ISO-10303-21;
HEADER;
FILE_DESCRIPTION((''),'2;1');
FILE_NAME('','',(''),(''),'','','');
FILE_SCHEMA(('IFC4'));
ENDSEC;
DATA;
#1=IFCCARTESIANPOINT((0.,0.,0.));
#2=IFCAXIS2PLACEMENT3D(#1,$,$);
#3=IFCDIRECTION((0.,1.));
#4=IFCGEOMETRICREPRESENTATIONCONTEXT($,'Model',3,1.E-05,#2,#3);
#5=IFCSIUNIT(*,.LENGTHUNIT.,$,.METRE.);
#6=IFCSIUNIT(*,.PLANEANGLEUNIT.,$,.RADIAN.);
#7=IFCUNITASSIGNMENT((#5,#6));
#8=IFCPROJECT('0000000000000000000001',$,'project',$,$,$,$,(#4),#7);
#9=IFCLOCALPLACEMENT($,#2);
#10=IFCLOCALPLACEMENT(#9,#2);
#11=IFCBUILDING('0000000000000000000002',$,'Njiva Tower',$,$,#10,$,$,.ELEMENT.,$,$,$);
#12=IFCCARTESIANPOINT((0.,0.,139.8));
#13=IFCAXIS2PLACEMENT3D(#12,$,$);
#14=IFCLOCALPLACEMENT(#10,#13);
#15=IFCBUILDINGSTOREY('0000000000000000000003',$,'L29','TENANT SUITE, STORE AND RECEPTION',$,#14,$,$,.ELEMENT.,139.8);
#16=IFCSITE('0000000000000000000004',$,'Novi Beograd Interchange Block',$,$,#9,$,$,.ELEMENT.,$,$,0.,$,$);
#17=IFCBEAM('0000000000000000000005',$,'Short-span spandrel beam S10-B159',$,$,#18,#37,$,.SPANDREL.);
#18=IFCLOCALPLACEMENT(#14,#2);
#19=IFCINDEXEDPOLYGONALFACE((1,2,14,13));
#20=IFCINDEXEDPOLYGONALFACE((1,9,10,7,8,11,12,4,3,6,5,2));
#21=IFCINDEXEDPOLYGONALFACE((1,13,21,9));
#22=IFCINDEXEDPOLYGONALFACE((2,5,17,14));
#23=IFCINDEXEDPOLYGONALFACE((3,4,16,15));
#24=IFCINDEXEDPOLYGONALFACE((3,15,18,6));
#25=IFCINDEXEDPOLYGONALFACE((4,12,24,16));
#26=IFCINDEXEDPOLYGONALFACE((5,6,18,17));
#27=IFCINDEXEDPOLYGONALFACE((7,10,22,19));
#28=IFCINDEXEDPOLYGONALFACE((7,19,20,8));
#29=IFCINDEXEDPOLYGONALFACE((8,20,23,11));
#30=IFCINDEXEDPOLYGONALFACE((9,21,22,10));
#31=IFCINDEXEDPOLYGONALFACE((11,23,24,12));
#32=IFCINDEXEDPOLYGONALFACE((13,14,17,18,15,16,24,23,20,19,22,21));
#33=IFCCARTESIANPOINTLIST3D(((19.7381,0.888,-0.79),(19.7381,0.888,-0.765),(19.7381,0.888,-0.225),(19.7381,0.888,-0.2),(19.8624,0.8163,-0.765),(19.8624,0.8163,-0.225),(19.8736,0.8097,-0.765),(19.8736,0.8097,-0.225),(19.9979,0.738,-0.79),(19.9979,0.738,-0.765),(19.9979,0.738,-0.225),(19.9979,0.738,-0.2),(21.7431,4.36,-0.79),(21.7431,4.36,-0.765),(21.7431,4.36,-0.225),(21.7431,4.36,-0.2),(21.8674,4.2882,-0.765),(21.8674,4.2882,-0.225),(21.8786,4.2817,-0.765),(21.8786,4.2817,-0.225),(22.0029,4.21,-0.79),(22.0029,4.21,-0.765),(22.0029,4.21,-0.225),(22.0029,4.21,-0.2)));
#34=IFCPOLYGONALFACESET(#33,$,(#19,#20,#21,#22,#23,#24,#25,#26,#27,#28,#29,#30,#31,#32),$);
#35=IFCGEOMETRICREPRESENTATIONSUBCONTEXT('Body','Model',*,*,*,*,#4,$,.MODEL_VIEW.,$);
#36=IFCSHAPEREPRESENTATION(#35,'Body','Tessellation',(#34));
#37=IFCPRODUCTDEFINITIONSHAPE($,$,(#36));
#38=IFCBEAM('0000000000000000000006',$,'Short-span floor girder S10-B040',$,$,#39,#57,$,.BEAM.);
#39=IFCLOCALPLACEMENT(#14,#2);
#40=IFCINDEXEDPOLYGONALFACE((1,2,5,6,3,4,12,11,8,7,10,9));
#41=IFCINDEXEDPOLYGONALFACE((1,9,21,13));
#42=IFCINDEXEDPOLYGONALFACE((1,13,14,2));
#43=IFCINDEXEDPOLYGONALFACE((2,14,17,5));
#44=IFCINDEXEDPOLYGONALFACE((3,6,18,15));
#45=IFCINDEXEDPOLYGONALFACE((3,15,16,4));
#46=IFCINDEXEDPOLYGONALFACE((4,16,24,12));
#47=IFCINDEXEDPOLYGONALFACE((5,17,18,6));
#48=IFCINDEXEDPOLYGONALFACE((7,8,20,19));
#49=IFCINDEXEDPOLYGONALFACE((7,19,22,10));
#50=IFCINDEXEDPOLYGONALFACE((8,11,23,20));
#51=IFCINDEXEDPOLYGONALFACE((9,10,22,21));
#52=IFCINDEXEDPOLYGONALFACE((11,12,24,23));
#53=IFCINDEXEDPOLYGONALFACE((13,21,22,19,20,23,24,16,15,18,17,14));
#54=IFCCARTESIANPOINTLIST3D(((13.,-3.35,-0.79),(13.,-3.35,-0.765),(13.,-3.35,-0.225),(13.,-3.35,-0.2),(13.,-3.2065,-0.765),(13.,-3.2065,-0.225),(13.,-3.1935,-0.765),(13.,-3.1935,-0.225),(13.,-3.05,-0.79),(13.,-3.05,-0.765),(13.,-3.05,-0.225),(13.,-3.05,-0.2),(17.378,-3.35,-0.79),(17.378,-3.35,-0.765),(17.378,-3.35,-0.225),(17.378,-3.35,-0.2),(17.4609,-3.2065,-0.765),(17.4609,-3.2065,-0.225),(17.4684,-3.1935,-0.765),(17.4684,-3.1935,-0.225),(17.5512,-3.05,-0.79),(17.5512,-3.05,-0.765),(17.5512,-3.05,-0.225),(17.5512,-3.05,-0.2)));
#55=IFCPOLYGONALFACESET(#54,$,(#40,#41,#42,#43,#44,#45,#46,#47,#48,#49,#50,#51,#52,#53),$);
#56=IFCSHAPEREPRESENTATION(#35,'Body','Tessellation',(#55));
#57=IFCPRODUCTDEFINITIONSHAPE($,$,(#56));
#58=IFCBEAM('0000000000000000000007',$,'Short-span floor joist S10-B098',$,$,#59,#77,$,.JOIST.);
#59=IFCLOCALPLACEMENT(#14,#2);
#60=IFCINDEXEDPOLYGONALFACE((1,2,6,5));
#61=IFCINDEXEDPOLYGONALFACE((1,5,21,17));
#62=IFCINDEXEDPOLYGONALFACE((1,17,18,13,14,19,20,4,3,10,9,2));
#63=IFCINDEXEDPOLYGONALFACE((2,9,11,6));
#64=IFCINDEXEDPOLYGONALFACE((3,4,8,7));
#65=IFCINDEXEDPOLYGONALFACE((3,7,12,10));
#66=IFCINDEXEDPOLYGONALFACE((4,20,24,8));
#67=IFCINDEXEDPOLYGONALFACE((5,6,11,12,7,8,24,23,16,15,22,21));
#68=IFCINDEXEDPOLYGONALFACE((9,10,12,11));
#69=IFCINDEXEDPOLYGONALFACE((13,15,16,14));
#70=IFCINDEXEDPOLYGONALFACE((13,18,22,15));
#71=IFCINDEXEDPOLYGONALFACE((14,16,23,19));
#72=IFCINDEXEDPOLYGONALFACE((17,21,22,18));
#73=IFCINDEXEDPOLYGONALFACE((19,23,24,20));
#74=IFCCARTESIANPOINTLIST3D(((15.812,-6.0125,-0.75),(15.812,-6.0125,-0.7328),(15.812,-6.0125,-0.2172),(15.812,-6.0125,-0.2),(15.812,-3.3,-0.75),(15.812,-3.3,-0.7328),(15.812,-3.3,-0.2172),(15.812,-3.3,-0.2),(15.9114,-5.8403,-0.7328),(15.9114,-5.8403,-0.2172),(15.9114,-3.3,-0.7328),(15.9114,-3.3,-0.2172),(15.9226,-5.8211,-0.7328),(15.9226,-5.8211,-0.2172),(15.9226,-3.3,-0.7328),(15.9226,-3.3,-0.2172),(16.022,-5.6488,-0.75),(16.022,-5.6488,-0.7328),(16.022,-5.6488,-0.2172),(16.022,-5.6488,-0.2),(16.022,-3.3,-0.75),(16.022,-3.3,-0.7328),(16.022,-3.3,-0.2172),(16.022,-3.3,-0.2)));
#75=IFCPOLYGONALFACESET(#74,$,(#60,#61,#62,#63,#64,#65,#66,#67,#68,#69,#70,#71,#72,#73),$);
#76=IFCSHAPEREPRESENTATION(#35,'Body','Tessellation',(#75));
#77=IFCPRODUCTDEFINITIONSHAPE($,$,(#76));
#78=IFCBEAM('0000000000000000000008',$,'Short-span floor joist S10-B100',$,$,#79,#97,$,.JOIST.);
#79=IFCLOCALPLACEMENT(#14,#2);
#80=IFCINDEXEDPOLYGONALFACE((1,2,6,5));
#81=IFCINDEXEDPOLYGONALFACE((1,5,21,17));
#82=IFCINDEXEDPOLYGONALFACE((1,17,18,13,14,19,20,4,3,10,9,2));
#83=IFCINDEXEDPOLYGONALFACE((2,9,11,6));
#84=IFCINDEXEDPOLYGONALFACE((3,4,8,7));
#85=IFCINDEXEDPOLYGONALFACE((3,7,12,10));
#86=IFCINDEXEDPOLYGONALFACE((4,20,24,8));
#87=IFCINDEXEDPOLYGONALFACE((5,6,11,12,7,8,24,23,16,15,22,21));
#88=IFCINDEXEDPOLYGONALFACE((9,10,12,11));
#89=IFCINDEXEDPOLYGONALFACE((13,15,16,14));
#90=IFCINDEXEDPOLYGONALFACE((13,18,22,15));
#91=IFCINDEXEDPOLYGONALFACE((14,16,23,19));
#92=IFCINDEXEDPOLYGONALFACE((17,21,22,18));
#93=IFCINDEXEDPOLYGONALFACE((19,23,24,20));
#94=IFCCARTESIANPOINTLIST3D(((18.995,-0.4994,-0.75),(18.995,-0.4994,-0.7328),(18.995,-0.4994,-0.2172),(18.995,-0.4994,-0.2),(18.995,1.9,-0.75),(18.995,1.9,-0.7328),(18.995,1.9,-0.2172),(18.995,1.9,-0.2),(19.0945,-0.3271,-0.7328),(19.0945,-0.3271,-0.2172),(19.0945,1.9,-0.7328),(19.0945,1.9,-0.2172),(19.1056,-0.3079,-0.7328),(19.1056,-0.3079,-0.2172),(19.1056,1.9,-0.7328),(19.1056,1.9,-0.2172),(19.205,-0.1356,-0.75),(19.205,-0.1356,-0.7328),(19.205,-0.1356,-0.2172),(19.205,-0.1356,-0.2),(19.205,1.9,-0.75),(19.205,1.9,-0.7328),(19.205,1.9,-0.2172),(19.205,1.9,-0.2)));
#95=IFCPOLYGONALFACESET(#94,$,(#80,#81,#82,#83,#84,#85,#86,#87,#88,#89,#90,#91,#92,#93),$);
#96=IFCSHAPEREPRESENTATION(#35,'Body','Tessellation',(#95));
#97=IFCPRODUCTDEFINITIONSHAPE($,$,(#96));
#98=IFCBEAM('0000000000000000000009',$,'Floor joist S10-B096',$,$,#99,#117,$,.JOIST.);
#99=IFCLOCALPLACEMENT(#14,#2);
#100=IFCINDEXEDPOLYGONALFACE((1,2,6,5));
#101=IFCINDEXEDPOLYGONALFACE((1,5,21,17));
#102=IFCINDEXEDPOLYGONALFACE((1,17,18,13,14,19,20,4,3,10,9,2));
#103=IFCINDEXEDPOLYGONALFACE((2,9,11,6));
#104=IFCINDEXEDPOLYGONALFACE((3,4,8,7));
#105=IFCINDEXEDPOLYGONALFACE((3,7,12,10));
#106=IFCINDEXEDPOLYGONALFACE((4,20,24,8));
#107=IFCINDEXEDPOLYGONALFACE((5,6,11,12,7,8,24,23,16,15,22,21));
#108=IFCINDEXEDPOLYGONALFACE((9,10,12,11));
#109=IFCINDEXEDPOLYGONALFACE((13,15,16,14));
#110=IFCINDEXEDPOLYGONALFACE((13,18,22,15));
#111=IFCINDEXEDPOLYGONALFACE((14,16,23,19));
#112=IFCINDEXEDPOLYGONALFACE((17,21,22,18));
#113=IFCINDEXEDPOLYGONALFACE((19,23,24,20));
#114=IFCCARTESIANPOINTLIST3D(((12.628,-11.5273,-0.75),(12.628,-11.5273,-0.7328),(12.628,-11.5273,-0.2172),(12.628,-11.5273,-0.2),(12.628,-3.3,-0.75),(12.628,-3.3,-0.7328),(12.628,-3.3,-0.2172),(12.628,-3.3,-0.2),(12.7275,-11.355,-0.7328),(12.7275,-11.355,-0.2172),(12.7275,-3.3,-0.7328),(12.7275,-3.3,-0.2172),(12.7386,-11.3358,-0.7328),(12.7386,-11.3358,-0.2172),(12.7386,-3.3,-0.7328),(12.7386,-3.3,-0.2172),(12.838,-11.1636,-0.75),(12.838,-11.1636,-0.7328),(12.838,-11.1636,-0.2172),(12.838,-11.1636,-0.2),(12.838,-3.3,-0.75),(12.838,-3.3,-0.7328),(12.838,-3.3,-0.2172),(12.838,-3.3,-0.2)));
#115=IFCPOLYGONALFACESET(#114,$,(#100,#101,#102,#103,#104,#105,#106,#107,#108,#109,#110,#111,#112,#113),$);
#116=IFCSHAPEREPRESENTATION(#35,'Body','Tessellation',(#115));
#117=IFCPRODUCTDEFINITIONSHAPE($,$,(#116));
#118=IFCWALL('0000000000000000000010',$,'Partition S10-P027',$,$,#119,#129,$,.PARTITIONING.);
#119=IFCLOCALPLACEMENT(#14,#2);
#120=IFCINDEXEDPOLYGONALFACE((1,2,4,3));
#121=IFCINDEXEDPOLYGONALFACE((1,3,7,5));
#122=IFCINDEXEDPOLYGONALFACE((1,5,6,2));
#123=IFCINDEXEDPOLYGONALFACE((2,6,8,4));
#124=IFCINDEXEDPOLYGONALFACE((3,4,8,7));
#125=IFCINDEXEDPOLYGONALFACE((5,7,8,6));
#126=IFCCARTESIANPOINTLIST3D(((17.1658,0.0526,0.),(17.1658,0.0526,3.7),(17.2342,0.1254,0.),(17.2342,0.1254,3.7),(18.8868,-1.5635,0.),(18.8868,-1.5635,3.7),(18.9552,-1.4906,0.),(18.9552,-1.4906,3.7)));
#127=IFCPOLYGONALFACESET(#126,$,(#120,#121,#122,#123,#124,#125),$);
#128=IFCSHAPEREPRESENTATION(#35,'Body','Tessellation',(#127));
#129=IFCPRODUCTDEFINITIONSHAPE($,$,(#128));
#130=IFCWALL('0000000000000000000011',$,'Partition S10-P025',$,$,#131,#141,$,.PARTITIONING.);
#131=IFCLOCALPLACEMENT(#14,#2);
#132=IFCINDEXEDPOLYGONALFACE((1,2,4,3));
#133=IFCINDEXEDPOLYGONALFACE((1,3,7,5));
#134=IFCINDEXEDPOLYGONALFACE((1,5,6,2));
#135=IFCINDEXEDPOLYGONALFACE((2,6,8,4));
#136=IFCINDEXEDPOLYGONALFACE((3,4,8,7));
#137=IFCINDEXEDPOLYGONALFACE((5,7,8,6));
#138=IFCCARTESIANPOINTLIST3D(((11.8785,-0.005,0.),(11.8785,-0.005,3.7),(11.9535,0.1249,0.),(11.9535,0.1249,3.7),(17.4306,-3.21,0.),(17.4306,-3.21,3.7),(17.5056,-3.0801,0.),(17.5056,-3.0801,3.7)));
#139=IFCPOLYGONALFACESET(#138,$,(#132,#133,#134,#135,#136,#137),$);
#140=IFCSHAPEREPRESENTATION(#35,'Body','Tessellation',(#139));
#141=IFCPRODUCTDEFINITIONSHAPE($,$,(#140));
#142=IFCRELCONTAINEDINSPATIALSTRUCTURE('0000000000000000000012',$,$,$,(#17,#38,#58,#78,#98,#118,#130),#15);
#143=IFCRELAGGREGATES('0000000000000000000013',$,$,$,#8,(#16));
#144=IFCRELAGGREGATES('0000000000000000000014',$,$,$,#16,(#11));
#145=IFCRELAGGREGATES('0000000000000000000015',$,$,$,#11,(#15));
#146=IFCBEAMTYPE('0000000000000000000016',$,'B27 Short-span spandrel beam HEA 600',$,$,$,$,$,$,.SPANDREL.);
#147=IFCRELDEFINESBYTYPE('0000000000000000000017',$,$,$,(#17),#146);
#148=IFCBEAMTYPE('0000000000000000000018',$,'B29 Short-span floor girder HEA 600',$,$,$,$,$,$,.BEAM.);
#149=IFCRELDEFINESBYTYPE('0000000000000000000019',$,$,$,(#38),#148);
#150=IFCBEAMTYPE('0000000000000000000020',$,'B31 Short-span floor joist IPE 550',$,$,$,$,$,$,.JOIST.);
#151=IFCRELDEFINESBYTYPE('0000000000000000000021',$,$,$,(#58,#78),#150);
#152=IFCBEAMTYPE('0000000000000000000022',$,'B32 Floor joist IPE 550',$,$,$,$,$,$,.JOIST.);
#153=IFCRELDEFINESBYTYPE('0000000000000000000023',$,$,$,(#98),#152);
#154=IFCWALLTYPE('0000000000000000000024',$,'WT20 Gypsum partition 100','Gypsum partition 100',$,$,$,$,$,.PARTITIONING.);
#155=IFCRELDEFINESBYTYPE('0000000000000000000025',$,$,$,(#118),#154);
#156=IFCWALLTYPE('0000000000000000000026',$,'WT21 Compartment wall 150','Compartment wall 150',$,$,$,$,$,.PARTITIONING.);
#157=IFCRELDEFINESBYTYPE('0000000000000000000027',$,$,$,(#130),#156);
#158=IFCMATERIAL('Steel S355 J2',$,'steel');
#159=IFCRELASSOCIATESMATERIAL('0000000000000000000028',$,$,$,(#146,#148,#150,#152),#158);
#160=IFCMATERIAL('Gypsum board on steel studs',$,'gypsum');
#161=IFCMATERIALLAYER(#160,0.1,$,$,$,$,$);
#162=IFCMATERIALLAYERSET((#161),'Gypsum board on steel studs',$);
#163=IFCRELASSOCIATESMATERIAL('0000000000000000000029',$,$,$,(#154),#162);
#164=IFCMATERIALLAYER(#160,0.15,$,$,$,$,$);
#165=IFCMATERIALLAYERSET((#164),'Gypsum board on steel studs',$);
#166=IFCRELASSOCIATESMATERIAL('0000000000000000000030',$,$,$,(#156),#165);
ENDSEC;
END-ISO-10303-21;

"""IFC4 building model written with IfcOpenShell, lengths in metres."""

from ifc_helpers import new_model, si_unit, direction, frame, frame_2d, origin, origin_2d, place, context, subcontext, project, spatial, rectangle, i_section, extrude, clip, halfspace, material, layer, layer_set, material_profile, profile_set, type_object, element, save


model = new_model("IFC4")

# Units and contexts
model_context = context("Model", 3, precision=1e-05, world=origin(), true_north=direction((0.0, 1.0)))
body_context = subcontext(model_context, "Body", "Model", "MODEL_VIEW")
ifc_project = project(units=[si_unit("LENGTHUNIT", "METRE"), si_unit("PLANEANGLEUNIT", "RADIAN")], contexts=[model_context])

# Site, building, storey
site_placement = place(None, origin())
site = spatial("IfcSite", under=ifc_project, at=site_placement, Name="Novi Beograd Interchange Block", CompositionType="ELEMENT", RefElevation=0.0)
building_placement = place(site_placement, origin())
building = spatial("IfcBuilding", under=site, at=building_placement, Name="Njiva Tower", CompositionType="ELEMENT")
storey_placement = place(building_placement, frame((0.0, 0.0, 139.8)))
storey = spatial("IfcBuildingStorey", under=building, at=storey_placement, Name="L29", Description="TENANT SUITE, STORE AND RECEPTION", CompositionType="ELEMENT", Elevation=139.8)

# Shared definitions
ifc_material_1 = material(Name="Steel S355 J2", Category="steel")

# Beams
ifc_material_profile_1 = material_profile(ifc_material_1, i_section(OverallWidth=0.3, OverallDepth=0.59, WebThickness=0.013, FlangeThickness=0.025, at=origin_2d()), Name="HEA 600")
ifc_profile_set_1 = profile_set([ifc_material_profile_1], Name="Steel S355 J2")
beam_type_1 = type_object("IfcBeamType", Name="B27 Short-span spandrel beam HEA 600", PredefinedType="SPANDREL", material=ifc_profile_set_1)
beam_1_placement = place(storey_placement, frame((19.868, 0.813, -0.495), z_axis=(0.500082, 0.865978, 0.0), x_axis=(-0.865978, 0.500082, 0.0)))
element("IfcBeam", 1, at=beam_1_placement, inside=storey, type_object=beam_type_1, Name="Short-span spandrel beam S10-B159", PredefinedType="SPANDREL", context=body_context, shape_type="SweptSolid", body=[
    extrude(i_section(OverallWidth=0.3, OverallDepth=0.59, WebThickness=0.013, FlangeThickness=0.025, at=origin_2d()), origin(), (0.0, 0.0, 1.0), 4.0093),
])
ifc_material_profile_2 = material_profile(ifc_material_1, i_section(OverallWidth=0.3, OverallDepth=0.59, WebThickness=0.013, FlangeThickness=0.025, at=origin_2d()), Name="HEA 600")
ifc_profile_set_2 = profile_set([ifc_material_profile_2], Name="Steel S355 J2")
beam_type_2 = type_object("IfcBeamType", Name="B29 Short-span floor girder HEA 600", PredefinedType="BEAM", material=ifc_profile_set_2)
beam_2_placement = place(storey_placement, frame((13.0, -3.2, -0.495), z_axis=(1.0, 0.0, 0.0), x_axis=(0.0, 1.0, 0.0)))
element("IfcBeam", 2, at=beam_2_placement, inside=storey, type_object=beam_type_2, Name="Short-span floor girder S10-B040", PredefinedType="BEAM", context=body_context, shape_type="Clipping", body=[
    clip(extrude(i_section(OverallWidth=0.3, OverallDepth=0.59, WebThickness=0.013, FlangeThickness=0.025, at=origin_2d()), origin(), (0.0, 0.0, 1.0), 4.572), halfspace(frame((-0.025, 0.0, 4.4502), z_axis=(-0.499998, 0.0, 0.866027), x_axis=(0.0, 1.0, 0.0)), False)),
])
ifc_material_profile_3 = material_profile(ifc_material_1, i_section(OverallWidth=0.21, OverallDepth=0.55, WebThickness=0.0111, FlangeThickness=0.0172, at=origin_2d()), Name="IPE 550")
ifc_profile_set_3 = profile_set([ifc_material_profile_3], Name="Steel S355 J2")
beam_type_3 = type_object("IfcBeamType", Name="B31 Short-span floor joist IPE 550", PredefinedType="JOIST", material=ifc_profile_set_3)
beam_3_placement = place(storey_placement, frame((15.917, -3.3, -0.475), z_axis=(0.0, -1.0, 0.0), x_axis=(1.0, 0.0, 0.0)))
element("IfcBeam", 3, at=beam_3_placement, inside=storey, type_object=beam_type_3, Name="Short-span floor joist S10-B098", PredefinedType="JOIST", context=body_context, shape_type="Clipping", body=[
    clip(extrude(i_section(OverallWidth=0.21, OverallDepth=0.55, WebThickness=0.0111, FlangeThickness=0.0172, at=origin_2d()), origin(), (0.0, 0.0, 1.0), 2.733), halfspace(frame((0.043, 0.0, 2.4562), z_axis=(0.866027, 0.0, 0.499998), x_axis=(0.0, 1.0, 0.0)), False)),
])
beam_4_placement = place(storey_placement, frame((19.1, 1.9, -0.475), z_axis=(0.0, -1.0, 0.0), x_axis=(1.0, 0.0, 0.0)))
element("IfcBeam", 4, at=beam_4_placement, inside=storey, type_object=beam_type_3, Name="Short-span floor joist S10-B100", PredefinedType="JOIST", context=body_context, shape_type="Clipping", body=[
    clip(extrude(i_section(OverallWidth=0.21, OverallDepth=0.55, WebThickness=0.0111, FlangeThickness=0.0172, at=origin_2d()), origin(), (0.0, 0.0, 1.0), 2.419), halfspace(frame((0.0433, 0.0, 2.1425), z_axis=(0.866027, 0.0, 0.499998), x_axis=(0.0, 1.0, 0.0)), False)),
])
ifc_material_profile_4 = material_profile(ifc_material_1, i_section(OverallWidth=0.21, OverallDepth=0.55, WebThickness=0.0111, FlangeThickness=0.0172, at=origin_2d()), Name="IPE 550")
ifc_profile_set_4 = profile_set([ifc_material_profile_4], Name="Steel S355 J2")
beam_type_4 = type_object("IfcBeamType", Name="B32 Floor joist IPE 550", PredefinedType="JOIST", material=ifc_profile_set_4)
beam_5_placement = place(storey_placement, frame((12.733, -3.3, -0.475), z_axis=(0.0, -1.0, 0.0), x_axis=(1.0, 0.0, 0.0)))
element("IfcBeam", 5, at=beam_5_placement, inside=storey, type_object=beam_type_4, Name="Floor joist S10-B096", PredefinedType="JOIST", context=body_context, shape_type="Clipping", body=[
    clip(extrude(i_section(OverallWidth=0.21, OverallDepth=0.55, WebThickness=0.0111, FlangeThickness=0.0172, at=origin_2d()), origin(), (0.0, 0.0, 1.0), 8.247), halfspace(frame((0.0436, 0.0, 7.9699), z_axis=(0.866027, 0.0, 0.499998), x_axis=(0.0, 1.0, 0.0)), False)),
])

# Walls
ifc_material_2 = material(Name="Gypsum board on steel studs", Category="gypsum")
ifc_layer_1 = layer(ifc_material_2, 0.1)
ifc_layer_set_1 = layer_set([ifc_layer_1], Name="Gypsum board on steel studs")
wall_type_1 = type_object("IfcWallType", Name="WT20 Gypsum partition 100", Description="Gypsum partition 100", PredefinedType="PARTITIONING", material=ifc_layer_set_1)
wall_1_placement = place(storey_placement, frame((17.2, 0.089, 0.0), z_axis=(0.0, 0.0, 1.0), x_axis=(0.728995, -0.684519, 0.0)))
element("IfcWall", 6, at=wall_1_placement, inside=storey, type_object=wall_type_1, Name="Partition S10-P027", PredefinedType="PARTITIONING", context=body_context, shape_type="SweptSolid", body=[
    extrude(rectangle(XDim=2.3608, YDim=0.1, at=frame_2d((1.1804, 0.0))), origin(), (0.0, 0.0, 1.0), 3.7),
])
ifc_layer_2 = layer(ifc_material_2, 0.15)
ifc_layer_set_2 = layer_set([ifc_layer_2], Name="Gypsum board on steel studs")
wall_type_2 = type_object("IfcWallType", Name="WT21 Compartment wall 150", Description="Compartment wall 150", PredefinedType="PARTITIONING", material=ifc_layer_set_2)
wall_2_placement = place(storey_placement, frame((11.916, 0.06, 0.0), z_axis=(0.0, 0.0, 1.0), x_axis=(0.866056, -0.499948, 0.0)))
element("IfcWall", 7, at=wall_2_placement, inside=storey, type_object=wall_type_2, Name="Partition S10-P025", PredefinedType="PARTITIONING", context=body_context, shape_type="SweptSolid", body=[
    extrude(rectangle(XDim=6.4107, YDim=0.15, at=frame_2d((3.2054, 0.0))), origin(), (0.0, 0.0, 1.0), 3.7),
])

save(model, "model.ifc")
